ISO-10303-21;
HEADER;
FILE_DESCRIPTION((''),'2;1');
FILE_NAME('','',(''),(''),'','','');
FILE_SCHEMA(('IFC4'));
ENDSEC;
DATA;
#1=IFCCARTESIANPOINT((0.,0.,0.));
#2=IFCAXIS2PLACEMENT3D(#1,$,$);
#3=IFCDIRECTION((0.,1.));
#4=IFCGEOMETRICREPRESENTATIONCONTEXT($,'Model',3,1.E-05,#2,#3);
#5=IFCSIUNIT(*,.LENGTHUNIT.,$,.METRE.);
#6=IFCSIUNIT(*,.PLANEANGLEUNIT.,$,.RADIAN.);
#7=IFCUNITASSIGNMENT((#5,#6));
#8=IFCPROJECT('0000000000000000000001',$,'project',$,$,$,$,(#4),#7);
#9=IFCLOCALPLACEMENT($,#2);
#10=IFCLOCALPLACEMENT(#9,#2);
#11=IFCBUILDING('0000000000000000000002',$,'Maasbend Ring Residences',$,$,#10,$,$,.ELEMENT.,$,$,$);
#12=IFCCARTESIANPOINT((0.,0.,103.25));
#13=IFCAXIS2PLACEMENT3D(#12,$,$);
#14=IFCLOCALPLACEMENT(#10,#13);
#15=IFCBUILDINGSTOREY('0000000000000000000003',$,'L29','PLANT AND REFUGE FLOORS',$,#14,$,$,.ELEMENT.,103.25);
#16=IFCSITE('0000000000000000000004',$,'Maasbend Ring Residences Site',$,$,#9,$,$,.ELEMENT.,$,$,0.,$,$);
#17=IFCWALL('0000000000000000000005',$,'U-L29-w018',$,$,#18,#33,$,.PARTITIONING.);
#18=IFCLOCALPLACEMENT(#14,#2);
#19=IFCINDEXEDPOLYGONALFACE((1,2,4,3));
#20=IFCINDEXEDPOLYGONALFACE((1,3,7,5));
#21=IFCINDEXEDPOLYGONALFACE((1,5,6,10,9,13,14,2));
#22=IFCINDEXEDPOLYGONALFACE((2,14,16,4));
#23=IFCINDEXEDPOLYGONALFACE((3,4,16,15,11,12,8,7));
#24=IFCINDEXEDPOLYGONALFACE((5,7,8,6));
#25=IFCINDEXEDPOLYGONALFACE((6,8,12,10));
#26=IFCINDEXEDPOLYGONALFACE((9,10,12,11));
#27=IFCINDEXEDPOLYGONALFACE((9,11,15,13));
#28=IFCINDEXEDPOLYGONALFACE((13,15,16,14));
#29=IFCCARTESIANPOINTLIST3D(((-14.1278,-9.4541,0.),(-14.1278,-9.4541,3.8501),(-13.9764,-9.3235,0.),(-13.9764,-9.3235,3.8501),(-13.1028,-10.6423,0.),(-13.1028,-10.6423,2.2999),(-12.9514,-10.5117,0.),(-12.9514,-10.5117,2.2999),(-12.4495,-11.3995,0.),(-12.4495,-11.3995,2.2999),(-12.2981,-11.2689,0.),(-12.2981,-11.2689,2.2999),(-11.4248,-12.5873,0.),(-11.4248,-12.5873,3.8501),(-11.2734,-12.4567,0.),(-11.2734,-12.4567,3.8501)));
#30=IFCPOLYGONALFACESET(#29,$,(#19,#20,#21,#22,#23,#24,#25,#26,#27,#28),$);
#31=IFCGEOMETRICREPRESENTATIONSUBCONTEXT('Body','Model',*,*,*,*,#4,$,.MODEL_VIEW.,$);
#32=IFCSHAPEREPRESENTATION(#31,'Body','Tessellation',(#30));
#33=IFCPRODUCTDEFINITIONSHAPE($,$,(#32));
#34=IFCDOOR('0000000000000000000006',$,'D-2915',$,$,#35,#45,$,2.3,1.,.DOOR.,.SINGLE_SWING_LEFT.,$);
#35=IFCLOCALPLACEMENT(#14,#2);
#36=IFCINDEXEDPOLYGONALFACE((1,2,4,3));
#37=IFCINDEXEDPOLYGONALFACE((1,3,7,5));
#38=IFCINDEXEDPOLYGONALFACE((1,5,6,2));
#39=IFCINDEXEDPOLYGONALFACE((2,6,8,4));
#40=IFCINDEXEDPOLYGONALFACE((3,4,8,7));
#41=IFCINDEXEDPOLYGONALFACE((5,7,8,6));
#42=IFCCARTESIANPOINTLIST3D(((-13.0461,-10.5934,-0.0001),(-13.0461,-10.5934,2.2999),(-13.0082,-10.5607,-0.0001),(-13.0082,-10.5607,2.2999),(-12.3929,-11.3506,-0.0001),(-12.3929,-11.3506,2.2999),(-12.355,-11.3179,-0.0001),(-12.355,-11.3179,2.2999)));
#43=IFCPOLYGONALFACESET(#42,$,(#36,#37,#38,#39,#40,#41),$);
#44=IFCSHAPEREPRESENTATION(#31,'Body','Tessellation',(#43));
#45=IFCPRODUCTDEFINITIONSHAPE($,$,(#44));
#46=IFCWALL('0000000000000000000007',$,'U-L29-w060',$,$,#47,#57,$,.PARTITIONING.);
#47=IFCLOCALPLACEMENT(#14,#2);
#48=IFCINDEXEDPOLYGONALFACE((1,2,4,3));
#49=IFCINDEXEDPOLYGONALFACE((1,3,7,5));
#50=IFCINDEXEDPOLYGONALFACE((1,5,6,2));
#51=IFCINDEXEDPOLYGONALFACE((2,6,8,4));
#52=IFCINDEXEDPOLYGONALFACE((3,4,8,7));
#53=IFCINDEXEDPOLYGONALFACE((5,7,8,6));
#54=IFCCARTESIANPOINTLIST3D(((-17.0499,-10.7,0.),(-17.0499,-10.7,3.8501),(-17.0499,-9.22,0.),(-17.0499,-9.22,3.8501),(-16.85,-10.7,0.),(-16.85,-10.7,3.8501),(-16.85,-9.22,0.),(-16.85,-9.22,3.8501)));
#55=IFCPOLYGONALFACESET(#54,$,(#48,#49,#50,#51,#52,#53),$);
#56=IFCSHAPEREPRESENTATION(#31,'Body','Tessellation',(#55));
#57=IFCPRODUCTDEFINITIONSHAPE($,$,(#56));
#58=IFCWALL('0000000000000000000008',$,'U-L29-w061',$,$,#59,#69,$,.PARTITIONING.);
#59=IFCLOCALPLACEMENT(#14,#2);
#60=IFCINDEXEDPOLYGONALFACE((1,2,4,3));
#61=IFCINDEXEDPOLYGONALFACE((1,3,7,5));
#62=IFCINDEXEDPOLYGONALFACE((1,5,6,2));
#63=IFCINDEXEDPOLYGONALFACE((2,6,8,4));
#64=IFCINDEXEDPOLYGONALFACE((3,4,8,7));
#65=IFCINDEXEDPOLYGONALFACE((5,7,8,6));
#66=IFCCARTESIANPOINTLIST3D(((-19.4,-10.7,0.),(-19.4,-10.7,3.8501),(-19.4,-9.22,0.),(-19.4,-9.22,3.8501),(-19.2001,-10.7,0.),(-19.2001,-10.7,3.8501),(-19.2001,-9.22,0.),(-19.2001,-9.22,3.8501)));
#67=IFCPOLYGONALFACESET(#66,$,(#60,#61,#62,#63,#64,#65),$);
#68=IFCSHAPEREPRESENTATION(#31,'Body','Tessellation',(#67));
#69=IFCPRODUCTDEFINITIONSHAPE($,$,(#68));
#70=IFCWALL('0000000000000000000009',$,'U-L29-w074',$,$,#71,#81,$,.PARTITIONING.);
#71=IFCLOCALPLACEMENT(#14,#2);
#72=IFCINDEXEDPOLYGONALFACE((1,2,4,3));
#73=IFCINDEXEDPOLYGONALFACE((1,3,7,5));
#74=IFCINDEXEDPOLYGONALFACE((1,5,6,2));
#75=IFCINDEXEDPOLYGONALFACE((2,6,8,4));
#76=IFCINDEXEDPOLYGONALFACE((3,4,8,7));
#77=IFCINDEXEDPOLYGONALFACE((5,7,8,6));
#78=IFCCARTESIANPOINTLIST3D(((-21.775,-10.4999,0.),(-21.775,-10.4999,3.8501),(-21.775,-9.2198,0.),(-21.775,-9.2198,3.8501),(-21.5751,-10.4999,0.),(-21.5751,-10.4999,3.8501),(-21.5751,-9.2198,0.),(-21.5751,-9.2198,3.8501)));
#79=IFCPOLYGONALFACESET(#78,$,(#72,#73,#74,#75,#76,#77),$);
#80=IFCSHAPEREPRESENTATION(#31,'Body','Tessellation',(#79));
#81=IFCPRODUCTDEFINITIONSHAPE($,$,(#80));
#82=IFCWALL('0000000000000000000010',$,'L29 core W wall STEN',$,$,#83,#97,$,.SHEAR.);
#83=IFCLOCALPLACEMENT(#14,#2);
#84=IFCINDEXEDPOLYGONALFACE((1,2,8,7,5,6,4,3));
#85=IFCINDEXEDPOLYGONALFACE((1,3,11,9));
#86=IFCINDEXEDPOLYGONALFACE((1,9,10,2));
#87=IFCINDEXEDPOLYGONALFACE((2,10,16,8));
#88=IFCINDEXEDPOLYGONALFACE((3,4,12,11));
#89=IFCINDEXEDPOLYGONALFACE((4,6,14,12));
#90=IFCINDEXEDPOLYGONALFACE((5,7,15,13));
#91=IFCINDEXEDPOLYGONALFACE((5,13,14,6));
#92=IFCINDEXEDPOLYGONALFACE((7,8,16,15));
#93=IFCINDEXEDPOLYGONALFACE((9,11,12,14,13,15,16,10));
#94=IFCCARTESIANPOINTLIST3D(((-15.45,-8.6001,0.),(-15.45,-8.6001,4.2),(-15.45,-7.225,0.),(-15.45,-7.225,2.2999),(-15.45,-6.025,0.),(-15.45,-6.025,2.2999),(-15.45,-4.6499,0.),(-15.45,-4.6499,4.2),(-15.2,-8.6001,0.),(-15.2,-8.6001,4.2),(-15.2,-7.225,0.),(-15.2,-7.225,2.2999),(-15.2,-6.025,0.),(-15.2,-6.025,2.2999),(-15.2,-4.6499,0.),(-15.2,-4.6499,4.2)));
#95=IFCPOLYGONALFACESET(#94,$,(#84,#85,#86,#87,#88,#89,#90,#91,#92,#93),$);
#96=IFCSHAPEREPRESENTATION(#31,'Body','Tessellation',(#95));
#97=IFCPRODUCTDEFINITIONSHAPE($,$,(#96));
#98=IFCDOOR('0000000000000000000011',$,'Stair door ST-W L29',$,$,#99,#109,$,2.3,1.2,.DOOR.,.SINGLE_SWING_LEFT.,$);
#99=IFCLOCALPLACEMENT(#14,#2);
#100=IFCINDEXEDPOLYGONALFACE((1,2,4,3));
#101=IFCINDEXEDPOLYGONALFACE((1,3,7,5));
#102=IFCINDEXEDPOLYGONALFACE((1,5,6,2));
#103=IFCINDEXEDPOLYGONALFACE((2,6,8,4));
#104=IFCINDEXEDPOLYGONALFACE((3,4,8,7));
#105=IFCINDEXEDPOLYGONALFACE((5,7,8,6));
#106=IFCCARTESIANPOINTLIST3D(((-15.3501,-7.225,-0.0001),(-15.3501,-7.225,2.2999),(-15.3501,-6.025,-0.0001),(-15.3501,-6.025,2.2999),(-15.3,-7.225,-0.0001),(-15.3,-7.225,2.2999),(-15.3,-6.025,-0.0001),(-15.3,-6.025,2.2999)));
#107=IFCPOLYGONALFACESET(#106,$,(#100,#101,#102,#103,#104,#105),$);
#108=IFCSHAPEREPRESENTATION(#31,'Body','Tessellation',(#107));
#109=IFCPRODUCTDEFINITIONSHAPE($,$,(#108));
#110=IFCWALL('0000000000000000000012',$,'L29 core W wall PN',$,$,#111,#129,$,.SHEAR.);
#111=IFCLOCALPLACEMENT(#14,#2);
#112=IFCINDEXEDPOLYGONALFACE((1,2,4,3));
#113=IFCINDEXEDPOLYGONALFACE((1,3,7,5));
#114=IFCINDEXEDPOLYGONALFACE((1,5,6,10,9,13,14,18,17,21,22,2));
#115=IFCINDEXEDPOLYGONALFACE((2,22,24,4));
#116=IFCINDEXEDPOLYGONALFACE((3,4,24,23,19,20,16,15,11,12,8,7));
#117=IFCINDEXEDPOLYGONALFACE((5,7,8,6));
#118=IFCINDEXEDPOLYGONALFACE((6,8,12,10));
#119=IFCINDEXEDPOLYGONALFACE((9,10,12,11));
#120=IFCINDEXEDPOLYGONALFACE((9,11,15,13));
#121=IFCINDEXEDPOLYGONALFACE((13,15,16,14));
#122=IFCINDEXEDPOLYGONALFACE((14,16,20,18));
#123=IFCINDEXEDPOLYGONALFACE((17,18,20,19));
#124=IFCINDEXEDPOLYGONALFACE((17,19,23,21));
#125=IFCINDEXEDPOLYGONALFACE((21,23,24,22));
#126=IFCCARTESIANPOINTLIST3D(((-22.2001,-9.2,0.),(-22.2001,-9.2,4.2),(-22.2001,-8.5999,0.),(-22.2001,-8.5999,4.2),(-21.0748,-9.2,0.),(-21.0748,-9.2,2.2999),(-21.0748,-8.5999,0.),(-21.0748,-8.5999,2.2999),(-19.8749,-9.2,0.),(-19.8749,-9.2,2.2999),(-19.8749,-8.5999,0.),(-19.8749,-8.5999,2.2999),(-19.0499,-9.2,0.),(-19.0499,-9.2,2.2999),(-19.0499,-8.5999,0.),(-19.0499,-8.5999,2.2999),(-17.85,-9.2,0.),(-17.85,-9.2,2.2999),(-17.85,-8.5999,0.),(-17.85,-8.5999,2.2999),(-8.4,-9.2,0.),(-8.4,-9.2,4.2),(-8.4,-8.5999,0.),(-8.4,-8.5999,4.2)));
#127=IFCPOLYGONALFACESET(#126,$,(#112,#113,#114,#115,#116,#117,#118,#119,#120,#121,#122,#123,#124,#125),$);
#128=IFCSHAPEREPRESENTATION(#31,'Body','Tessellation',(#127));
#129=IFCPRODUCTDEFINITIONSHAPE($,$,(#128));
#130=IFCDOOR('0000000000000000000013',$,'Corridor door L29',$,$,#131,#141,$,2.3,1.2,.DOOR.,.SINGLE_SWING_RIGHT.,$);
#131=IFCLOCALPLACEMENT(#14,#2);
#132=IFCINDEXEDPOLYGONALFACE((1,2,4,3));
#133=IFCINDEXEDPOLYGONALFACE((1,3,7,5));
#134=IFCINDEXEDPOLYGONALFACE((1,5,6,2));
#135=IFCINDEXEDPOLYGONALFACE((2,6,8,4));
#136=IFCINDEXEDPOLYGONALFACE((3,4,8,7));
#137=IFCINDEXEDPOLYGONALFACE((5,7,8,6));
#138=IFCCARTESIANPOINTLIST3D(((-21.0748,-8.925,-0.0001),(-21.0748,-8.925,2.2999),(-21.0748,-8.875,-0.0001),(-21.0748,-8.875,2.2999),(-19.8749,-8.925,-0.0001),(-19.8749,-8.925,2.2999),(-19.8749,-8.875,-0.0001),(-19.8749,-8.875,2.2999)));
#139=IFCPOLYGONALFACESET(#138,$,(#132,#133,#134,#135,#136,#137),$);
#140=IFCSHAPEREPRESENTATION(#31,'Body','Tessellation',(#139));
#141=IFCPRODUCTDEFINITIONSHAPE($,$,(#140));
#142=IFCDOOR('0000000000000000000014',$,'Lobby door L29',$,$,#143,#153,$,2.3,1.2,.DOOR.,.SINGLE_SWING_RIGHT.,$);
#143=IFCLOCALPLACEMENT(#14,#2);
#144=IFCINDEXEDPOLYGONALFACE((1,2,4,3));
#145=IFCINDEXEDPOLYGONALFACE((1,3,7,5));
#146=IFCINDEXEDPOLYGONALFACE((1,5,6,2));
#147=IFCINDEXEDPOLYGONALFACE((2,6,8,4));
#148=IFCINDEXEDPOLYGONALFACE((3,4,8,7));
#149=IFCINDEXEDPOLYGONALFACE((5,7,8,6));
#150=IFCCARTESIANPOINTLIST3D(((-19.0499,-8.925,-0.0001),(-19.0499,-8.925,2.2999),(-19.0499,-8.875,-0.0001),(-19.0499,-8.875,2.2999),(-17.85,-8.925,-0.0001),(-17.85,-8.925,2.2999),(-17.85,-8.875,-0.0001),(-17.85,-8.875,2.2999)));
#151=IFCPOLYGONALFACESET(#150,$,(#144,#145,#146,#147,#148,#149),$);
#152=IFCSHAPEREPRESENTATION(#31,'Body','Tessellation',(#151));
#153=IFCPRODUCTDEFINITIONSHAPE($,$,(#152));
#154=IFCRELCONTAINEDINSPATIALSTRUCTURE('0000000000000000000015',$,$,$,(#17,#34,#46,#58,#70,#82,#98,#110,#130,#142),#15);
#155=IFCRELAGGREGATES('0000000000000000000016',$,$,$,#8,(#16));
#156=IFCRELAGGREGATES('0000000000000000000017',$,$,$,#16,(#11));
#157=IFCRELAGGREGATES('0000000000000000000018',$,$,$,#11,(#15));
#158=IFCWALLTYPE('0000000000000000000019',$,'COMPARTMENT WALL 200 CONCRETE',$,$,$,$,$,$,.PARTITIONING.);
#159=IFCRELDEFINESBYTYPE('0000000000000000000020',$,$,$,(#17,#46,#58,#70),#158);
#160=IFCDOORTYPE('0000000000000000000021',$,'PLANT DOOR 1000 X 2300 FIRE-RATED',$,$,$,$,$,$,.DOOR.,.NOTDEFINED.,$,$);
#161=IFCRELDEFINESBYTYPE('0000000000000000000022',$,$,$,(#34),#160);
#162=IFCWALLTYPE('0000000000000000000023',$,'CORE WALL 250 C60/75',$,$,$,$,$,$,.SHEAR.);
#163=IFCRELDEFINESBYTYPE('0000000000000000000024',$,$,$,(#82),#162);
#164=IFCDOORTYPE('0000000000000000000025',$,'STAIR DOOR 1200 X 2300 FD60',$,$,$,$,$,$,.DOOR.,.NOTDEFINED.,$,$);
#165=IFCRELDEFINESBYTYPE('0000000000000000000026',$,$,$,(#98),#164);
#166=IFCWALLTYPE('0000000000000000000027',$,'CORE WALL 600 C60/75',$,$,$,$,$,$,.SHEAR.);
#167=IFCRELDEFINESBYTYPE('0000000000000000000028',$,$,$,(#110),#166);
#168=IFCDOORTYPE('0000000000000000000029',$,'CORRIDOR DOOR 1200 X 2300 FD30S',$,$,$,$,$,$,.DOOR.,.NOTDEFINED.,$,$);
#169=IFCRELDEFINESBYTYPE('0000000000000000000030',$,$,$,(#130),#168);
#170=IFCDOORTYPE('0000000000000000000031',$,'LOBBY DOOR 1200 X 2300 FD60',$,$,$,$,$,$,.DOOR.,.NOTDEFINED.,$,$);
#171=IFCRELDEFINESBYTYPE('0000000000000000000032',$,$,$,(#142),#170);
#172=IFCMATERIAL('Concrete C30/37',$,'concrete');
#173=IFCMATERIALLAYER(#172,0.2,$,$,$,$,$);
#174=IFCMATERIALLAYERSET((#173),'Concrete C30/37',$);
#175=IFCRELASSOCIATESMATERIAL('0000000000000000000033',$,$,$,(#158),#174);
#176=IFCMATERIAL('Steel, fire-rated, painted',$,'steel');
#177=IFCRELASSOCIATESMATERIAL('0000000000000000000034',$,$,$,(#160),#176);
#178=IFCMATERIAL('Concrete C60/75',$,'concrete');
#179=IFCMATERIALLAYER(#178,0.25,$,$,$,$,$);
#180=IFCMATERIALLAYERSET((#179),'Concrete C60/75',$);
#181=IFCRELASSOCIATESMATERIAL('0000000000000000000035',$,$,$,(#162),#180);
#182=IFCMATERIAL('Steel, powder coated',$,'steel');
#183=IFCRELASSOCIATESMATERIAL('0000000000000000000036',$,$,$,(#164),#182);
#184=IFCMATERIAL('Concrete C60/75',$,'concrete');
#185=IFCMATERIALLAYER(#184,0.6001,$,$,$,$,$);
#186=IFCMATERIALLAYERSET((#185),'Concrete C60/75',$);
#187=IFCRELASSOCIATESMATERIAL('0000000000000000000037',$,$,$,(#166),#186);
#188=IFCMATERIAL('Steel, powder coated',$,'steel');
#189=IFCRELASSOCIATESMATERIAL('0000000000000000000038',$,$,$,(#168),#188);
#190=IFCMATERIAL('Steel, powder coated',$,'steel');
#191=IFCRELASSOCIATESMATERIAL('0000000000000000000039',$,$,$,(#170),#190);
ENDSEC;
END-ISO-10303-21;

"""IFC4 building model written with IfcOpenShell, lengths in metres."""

from ifc_helpers import new_model, si_unit, direction, frame, frame_2d, origin, place, context, subcontext, project, spatial, rectangle, extrude, material, layer, layer_set, type_object, element, fill, save


model = new_model("IFC4")

# Units and contexts
model_context = context("Model", 3, precision=1e-05, world=origin(), true_north=direction((0.0, 1.0)))
body_context = subcontext(model_context, "Body", "Model", "MODEL_VIEW")
ifc_project = project(units=[si_unit("LENGTHUNIT", "METRE"), si_unit("PLANEANGLEUNIT", "RADIAN")], contexts=[model_context])

# Site, building, storey
site_placement = place(None, origin())
site = spatial("IfcSite", under=ifc_project, at=site_placement, Name="Maasbend Ring Residences Site", CompositionType="ELEMENT", RefElevation=0.0)
building_placement = place(site_placement, origin())
building = spatial("IfcBuilding", under=site, at=building_placement, Name="Maasbend Ring Residences", CompositionType="ELEMENT")
storey_placement = place(building_placement, frame((0.0, 0.0, 103.25)))
storey = spatial("IfcBuildingStorey", under=building, at=storey_placement, Name="L29", Description="PLANT AND REFUGE FLOORS", CompositionType="ELEMENT", Elevation=103.25)

# Wall, opening, door
ifc_material_1 = material(Name="Concrete C30/37", Category="concrete")
ifc_layer_1 = layer(ifc_material_1, 0.2)
ifc_layer_set_1 = layer_set([ifc_layer_1], Name="Concrete C30/37")
wall_type_1 = type_object("IfcWallType", Name="COMPARTMENT WALL 200 CONCRETE", PredefinedType="PARTITIONING", material=ifc_layer_set_1)
wall_1_placement = place(storey_placement, frame((-14.052, -9.3889, 0.0), z_axis=(0.0, 0.0, 1.0), x_axis=(0.653213, -0.757174, 0.0)))
wall_1 = element("IfcWall", 1, at=wall_1_placement, inside=storey, type_object=wall_type_1, Name="U-L29-w018", PredefinedType="PARTITIONING", context=body_context, shape_type="SweptSolid", body=[
    extrude(rectangle(XDim=4.1379, YDim=0.2, at=frame_2d((2.0688, 0.0))), origin(), (0.0, 0.0, 1.0), 3.8501),
])
opening_1_placement = place(wall_1_placement, frame((1.5691, 0.0, 0.0)))
opening_1 = element("IfcOpeningElement", 2, at=opening_1_placement, cuts=wall_1, PredefinedType="OPENING", context=body_context, shape_type="SweptSolid", body=[
    extrude(rectangle(XDim=1.0, YDim=2.3, at=frame_2d((0.5, 1.1499))), frame((0.0, 0.1099, 0.0), z_axis=(0.0, -1.0, 0.0), x_axis=(1.0, 0.0, 0.0)), (0.0, 0.0, 1.0), 0.22),
])
ifc_material_2 = material(Name="Steel, fire-rated, painted", Category="steel")
door_type_1 = type_object("IfcDoorType", Name="PLANT DOOR 1000 X 2300 FIRE-RATED", OperationType="NOTDEFINED", PredefinedType="DOOR", material=ifc_material_2)
door_1_placement = place(opening_1_placement, origin())
door_1 = element("IfcDoor", 3, at=door_1_placement, inside=storey, type_object=door_type_1, Name="D-2915", OperationType="SINGLE_SWING_LEFT", OverallHeight=2.3, OverallWidth=1.0, PredefinedType="DOOR", context=body_context, shape_type="SweptSolid", body=[
    extrude(rectangle(XDim=1.0, YDim=2.3, at=frame_2d((0.5, 1.1499))), frame((0.0, 0.0249, 0.0), z_axis=(0.0, -1.0, 0.0), x_axis=(1.0, 0.0, 0.0)), (0.0, 0.0, 1.0), 0.05),
])
fill(opening_1, door_1)

# Walls
for number, where, z_axis, x_axis, name in (
    (4, (-16.95, -10.7, 0.0), (0.0, 0.0, 1.0), (0.0, 1.0, 0.0), "U-L29-w060"),
    (5, (-19.3, -10.7, 0.0), (0.0, 0.0, 1.0), (0.0, 1.0, 0.0), "U-L29-w061"),
):
    element("IfcWall", number, at=place(storey_placement, frame(where, z_axis=z_axis, x_axis=x_axis)), inside=storey, type_object=wall_type_1, Name=name, PredefinedType="PARTITIONING", context=body_context, shape_type="SweptSolid", body=[
        extrude(rectangle(XDim=1.48, YDim=0.2, at=frame_2d((0.74, 0.0))), origin(), (0.0, 0.0, 1.0), 3.8501),
    ])
wall_2_placement = place(storey_placement, frame((-21.675, -10.5, 0.0), z_axis=(0.0, 0.0, 1.0), x_axis=(0.0, 1.0, 0.0)))
element("IfcWall", 6, at=wall_2_placement, inside=storey, type_object=wall_type_1, Name="U-L29-w074", PredefinedType="PARTITIONING", context=body_context, shape_type="SweptSolid", body=[
    extrude(rectangle(XDim=1.28, YDim=0.2, at=frame_2d((0.6401, 0.0))), origin(), (0.0, 0.0, 1.0), 3.8501),
])

# Wall, opening, door
ifc_material_3 = material(Name="Concrete C60/75", Category="concrete")
ifc_layer_2 = layer(ifc_material_3, 0.25)
ifc_layer_set_2 = layer_set([ifc_layer_2], Name="Concrete C60/75")
wall_type_2 = type_object("IfcWallType", Name="CORE WALL 250 C60/75", PredefinedType="SHEAR", material=ifc_layer_set_2)
wall_3_placement = place(storey_placement, frame((-15.325, -4.6499, 0.0), z_axis=(0.0, 0.0, 1.0), x_axis=(0.0, -1.0, 0.0)))
wall_3 = element("IfcWall", 7, at=wall_3_placement, inside=storey, type_object=wall_type_2, Name="L29 core W wall STEN", PredefinedType="SHEAR", context=body_context, shape_type="SweptSolid", body=[
    extrude(rectangle(XDim=3.9502, YDim=0.25, at=frame_2d((1.9751, 0.0))), origin(), (0.0, 0.0, 1.0), 4.2),
])
opening_2_placement = place(wall_3_placement, frame((1.375, 0.0, 0.0)))
opening_2 = element("IfcOpeningElement", 8, at=opening_2_placement, cuts=wall_3, PredefinedType="OPENING", context=body_context, shape_type="SweptSolid", body=[
    extrude(rectangle(XDim=1.2, YDim=2.3, at=frame_2d((0.6001, 1.1499))), frame((0.0, 0.135, 0.0), z_axis=(0.0, -1.0, 0.0), x_axis=(1.0, 0.0, 0.0)), (0.0, 0.0, 1.0), 0.27),
])
ifc_material_4 = material(Name="Steel, powder coated", Category="steel")
door_type_2 = type_object("IfcDoorType", Name="STAIR DOOR 1200 X 2300 FD60", OperationType="NOTDEFINED", PredefinedType="DOOR", material=ifc_material_4)
door_2_placement = place(opening_2_placement, origin())
door_2 = element("IfcDoor", 9, at=door_2_placement, inside=storey, type_object=door_type_2, Name="Stair door ST-W L29", OperationType="SINGLE_SWING_LEFT", OverallHeight=2.3, OverallWidth=1.2, PredefinedType="DOOR", context=body_context, shape_type="SweptSolid", body=[
    extrude(rectangle(XDim=1.2, YDim=2.3, at=frame_2d((0.6001, 1.1499))), frame((0.0, 0.0249, 0.0), z_axis=(0.0, -1.0, 0.0), x_axis=(1.0, 0.0, 0.0)), (0.0, 0.0, 1.0), 0.05),
])
fill(opening_2, door_2)

# Wall, openings, doors
ifc_material_5 = material(Name="Concrete C60/75", Category="concrete")
ifc_layer_3 = layer(ifc_material_5, 0.6001)
ifc_layer_set_3 = layer_set([ifc_layer_3], Name="Concrete C60/75")
wall_type_3 = type_object("IfcWallType", Name="CORE WALL 600 C60/75", PredefinedType="SHEAR", material=ifc_layer_set_3)
wall_4_placement = place(storey_placement, frame((-22.2, -8.8999, 0.0), z_axis=(0.0, 0.0, 1.0), x_axis=(1.0, 0.0, 0.0)))
wall_4 = element("IfcWall", 10, at=wall_4_placement, inside=storey, type_object=wall_type_3, Name="L29 core W wall PN", PredefinedType="SHEAR", context=body_context, shape_type="SweptSolid", body=[
    extrude(rectangle(XDim=13.8, YDim=0.6001, at=frame_2d((6.8999, 0.0))), origin(), (0.0, 0.0, 1.0), 4.2),
])
opening_3_placement = place(wall_4_placement, frame((1.125, 0.0, 0.0)))
opening_3 = element("IfcOpeningElement", 11, at=opening_3_placement, cuts=wall_4, PredefinedType="OPENING", context=body_context, shape_type="SweptSolid", body=[
    extrude(rectangle(XDim=1.2, YDim=2.3, at=frame_2d((0.6001, 1.1499))), frame((0.0, 0.3101, 0.0), z_axis=(0.0, -1.0, 0.0), x_axis=(1.0, 0.0, 0.0)), (0.0, 0.0, 1.0), 0.6201),
])
opening_4_placement = place(wall_4_placement, frame((3.1499, 0.0, 0.0)))
opening_4 = element("IfcOpeningElement", 12, at=opening_4_placement, cuts=wall_4, PredefinedType="OPENING", context=body_context, shape_type="SweptSolid", body=[
    extrude(rectangle(XDim=1.2, YDim=2.3, at=frame_2d((0.6001, 1.1499))), frame((0.0, 0.3101, 0.0), z_axis=(0.0, -1.0, 0.0), x_axis=(1.0, 0.0, 0.0)), (0.0, 0.0, 1.0), 0.6201),
])
ifc_material_6 = material(Name="Steel, powder coated", Category="steel")
door_type_3 = type_object("IfcDoorType", Name="CORRIDOR DOOR 1200 X 2300 FD30S", OperationType="NOTDEFINED", PredefinedType="DOOR", material=ifc_material_6)
door_3_placement = place(opening_3_placement, origin())
door_3 = element("IfcDoor", 13, at=door_3_placement, inside=storey, type_object=door_type_3, Name="Corridor door L29", OperationType="SINGLE_SWING_RIGHT", OverallHeight=2.3, OverallWidth=1.2, PredefinedType="DOOR", context=body_context, shape_type="SweptSolid", body=[
    extrude(rectangle(XDim=1.2, YDim=2.3, at=frame_2d((0.6001, 1.1499))), frame((0.0, 0.0249, 0.0), z_axis=(0.0, -1.0, 0.0), x_axis=(1.0, 0.0, 0.0)), (0.0, 0.0, 1.0), 0.05),
])
fill(opening_3, door_3)
ifc_material_7 = material(Name="Steel, powder coated", Category="steel")
door_type_4 = type_object("IfcDoorType", Name="LOBBY DOOR 1200 X 2300 FD60", OperationType="NOTDEFINED", PredefinedType="DOOR", material=ifc_material_7)
door_4_placement = place(opening_4_placement, origin())
door_4 = element("IfcDoor", 14, at=door_4_placement, inside=storey, type_object=door_type_4, Name="Lobby door L29", OperationType="SINGLE_SWING_RIGHT", OverallHeight=2.3, OverallWidth=1.2, PredefinedType="DOOR", context=body_context, shape_type="SweptSolid", body=[
    extrude(rectangle(XDim=1.2, YDim=2.3, at=frame_2d((0.6001, 1.1499))), frame((0.0, 0.0249, 0.0), z_axis=(0.0, -1.0, 0.0), x_axis=(1.0, 0.0, 0.0)), (0.0, 0.0, 1.0), 0.05),
])
fill(opening_4, door_4)

save(model, "model.ifc")
